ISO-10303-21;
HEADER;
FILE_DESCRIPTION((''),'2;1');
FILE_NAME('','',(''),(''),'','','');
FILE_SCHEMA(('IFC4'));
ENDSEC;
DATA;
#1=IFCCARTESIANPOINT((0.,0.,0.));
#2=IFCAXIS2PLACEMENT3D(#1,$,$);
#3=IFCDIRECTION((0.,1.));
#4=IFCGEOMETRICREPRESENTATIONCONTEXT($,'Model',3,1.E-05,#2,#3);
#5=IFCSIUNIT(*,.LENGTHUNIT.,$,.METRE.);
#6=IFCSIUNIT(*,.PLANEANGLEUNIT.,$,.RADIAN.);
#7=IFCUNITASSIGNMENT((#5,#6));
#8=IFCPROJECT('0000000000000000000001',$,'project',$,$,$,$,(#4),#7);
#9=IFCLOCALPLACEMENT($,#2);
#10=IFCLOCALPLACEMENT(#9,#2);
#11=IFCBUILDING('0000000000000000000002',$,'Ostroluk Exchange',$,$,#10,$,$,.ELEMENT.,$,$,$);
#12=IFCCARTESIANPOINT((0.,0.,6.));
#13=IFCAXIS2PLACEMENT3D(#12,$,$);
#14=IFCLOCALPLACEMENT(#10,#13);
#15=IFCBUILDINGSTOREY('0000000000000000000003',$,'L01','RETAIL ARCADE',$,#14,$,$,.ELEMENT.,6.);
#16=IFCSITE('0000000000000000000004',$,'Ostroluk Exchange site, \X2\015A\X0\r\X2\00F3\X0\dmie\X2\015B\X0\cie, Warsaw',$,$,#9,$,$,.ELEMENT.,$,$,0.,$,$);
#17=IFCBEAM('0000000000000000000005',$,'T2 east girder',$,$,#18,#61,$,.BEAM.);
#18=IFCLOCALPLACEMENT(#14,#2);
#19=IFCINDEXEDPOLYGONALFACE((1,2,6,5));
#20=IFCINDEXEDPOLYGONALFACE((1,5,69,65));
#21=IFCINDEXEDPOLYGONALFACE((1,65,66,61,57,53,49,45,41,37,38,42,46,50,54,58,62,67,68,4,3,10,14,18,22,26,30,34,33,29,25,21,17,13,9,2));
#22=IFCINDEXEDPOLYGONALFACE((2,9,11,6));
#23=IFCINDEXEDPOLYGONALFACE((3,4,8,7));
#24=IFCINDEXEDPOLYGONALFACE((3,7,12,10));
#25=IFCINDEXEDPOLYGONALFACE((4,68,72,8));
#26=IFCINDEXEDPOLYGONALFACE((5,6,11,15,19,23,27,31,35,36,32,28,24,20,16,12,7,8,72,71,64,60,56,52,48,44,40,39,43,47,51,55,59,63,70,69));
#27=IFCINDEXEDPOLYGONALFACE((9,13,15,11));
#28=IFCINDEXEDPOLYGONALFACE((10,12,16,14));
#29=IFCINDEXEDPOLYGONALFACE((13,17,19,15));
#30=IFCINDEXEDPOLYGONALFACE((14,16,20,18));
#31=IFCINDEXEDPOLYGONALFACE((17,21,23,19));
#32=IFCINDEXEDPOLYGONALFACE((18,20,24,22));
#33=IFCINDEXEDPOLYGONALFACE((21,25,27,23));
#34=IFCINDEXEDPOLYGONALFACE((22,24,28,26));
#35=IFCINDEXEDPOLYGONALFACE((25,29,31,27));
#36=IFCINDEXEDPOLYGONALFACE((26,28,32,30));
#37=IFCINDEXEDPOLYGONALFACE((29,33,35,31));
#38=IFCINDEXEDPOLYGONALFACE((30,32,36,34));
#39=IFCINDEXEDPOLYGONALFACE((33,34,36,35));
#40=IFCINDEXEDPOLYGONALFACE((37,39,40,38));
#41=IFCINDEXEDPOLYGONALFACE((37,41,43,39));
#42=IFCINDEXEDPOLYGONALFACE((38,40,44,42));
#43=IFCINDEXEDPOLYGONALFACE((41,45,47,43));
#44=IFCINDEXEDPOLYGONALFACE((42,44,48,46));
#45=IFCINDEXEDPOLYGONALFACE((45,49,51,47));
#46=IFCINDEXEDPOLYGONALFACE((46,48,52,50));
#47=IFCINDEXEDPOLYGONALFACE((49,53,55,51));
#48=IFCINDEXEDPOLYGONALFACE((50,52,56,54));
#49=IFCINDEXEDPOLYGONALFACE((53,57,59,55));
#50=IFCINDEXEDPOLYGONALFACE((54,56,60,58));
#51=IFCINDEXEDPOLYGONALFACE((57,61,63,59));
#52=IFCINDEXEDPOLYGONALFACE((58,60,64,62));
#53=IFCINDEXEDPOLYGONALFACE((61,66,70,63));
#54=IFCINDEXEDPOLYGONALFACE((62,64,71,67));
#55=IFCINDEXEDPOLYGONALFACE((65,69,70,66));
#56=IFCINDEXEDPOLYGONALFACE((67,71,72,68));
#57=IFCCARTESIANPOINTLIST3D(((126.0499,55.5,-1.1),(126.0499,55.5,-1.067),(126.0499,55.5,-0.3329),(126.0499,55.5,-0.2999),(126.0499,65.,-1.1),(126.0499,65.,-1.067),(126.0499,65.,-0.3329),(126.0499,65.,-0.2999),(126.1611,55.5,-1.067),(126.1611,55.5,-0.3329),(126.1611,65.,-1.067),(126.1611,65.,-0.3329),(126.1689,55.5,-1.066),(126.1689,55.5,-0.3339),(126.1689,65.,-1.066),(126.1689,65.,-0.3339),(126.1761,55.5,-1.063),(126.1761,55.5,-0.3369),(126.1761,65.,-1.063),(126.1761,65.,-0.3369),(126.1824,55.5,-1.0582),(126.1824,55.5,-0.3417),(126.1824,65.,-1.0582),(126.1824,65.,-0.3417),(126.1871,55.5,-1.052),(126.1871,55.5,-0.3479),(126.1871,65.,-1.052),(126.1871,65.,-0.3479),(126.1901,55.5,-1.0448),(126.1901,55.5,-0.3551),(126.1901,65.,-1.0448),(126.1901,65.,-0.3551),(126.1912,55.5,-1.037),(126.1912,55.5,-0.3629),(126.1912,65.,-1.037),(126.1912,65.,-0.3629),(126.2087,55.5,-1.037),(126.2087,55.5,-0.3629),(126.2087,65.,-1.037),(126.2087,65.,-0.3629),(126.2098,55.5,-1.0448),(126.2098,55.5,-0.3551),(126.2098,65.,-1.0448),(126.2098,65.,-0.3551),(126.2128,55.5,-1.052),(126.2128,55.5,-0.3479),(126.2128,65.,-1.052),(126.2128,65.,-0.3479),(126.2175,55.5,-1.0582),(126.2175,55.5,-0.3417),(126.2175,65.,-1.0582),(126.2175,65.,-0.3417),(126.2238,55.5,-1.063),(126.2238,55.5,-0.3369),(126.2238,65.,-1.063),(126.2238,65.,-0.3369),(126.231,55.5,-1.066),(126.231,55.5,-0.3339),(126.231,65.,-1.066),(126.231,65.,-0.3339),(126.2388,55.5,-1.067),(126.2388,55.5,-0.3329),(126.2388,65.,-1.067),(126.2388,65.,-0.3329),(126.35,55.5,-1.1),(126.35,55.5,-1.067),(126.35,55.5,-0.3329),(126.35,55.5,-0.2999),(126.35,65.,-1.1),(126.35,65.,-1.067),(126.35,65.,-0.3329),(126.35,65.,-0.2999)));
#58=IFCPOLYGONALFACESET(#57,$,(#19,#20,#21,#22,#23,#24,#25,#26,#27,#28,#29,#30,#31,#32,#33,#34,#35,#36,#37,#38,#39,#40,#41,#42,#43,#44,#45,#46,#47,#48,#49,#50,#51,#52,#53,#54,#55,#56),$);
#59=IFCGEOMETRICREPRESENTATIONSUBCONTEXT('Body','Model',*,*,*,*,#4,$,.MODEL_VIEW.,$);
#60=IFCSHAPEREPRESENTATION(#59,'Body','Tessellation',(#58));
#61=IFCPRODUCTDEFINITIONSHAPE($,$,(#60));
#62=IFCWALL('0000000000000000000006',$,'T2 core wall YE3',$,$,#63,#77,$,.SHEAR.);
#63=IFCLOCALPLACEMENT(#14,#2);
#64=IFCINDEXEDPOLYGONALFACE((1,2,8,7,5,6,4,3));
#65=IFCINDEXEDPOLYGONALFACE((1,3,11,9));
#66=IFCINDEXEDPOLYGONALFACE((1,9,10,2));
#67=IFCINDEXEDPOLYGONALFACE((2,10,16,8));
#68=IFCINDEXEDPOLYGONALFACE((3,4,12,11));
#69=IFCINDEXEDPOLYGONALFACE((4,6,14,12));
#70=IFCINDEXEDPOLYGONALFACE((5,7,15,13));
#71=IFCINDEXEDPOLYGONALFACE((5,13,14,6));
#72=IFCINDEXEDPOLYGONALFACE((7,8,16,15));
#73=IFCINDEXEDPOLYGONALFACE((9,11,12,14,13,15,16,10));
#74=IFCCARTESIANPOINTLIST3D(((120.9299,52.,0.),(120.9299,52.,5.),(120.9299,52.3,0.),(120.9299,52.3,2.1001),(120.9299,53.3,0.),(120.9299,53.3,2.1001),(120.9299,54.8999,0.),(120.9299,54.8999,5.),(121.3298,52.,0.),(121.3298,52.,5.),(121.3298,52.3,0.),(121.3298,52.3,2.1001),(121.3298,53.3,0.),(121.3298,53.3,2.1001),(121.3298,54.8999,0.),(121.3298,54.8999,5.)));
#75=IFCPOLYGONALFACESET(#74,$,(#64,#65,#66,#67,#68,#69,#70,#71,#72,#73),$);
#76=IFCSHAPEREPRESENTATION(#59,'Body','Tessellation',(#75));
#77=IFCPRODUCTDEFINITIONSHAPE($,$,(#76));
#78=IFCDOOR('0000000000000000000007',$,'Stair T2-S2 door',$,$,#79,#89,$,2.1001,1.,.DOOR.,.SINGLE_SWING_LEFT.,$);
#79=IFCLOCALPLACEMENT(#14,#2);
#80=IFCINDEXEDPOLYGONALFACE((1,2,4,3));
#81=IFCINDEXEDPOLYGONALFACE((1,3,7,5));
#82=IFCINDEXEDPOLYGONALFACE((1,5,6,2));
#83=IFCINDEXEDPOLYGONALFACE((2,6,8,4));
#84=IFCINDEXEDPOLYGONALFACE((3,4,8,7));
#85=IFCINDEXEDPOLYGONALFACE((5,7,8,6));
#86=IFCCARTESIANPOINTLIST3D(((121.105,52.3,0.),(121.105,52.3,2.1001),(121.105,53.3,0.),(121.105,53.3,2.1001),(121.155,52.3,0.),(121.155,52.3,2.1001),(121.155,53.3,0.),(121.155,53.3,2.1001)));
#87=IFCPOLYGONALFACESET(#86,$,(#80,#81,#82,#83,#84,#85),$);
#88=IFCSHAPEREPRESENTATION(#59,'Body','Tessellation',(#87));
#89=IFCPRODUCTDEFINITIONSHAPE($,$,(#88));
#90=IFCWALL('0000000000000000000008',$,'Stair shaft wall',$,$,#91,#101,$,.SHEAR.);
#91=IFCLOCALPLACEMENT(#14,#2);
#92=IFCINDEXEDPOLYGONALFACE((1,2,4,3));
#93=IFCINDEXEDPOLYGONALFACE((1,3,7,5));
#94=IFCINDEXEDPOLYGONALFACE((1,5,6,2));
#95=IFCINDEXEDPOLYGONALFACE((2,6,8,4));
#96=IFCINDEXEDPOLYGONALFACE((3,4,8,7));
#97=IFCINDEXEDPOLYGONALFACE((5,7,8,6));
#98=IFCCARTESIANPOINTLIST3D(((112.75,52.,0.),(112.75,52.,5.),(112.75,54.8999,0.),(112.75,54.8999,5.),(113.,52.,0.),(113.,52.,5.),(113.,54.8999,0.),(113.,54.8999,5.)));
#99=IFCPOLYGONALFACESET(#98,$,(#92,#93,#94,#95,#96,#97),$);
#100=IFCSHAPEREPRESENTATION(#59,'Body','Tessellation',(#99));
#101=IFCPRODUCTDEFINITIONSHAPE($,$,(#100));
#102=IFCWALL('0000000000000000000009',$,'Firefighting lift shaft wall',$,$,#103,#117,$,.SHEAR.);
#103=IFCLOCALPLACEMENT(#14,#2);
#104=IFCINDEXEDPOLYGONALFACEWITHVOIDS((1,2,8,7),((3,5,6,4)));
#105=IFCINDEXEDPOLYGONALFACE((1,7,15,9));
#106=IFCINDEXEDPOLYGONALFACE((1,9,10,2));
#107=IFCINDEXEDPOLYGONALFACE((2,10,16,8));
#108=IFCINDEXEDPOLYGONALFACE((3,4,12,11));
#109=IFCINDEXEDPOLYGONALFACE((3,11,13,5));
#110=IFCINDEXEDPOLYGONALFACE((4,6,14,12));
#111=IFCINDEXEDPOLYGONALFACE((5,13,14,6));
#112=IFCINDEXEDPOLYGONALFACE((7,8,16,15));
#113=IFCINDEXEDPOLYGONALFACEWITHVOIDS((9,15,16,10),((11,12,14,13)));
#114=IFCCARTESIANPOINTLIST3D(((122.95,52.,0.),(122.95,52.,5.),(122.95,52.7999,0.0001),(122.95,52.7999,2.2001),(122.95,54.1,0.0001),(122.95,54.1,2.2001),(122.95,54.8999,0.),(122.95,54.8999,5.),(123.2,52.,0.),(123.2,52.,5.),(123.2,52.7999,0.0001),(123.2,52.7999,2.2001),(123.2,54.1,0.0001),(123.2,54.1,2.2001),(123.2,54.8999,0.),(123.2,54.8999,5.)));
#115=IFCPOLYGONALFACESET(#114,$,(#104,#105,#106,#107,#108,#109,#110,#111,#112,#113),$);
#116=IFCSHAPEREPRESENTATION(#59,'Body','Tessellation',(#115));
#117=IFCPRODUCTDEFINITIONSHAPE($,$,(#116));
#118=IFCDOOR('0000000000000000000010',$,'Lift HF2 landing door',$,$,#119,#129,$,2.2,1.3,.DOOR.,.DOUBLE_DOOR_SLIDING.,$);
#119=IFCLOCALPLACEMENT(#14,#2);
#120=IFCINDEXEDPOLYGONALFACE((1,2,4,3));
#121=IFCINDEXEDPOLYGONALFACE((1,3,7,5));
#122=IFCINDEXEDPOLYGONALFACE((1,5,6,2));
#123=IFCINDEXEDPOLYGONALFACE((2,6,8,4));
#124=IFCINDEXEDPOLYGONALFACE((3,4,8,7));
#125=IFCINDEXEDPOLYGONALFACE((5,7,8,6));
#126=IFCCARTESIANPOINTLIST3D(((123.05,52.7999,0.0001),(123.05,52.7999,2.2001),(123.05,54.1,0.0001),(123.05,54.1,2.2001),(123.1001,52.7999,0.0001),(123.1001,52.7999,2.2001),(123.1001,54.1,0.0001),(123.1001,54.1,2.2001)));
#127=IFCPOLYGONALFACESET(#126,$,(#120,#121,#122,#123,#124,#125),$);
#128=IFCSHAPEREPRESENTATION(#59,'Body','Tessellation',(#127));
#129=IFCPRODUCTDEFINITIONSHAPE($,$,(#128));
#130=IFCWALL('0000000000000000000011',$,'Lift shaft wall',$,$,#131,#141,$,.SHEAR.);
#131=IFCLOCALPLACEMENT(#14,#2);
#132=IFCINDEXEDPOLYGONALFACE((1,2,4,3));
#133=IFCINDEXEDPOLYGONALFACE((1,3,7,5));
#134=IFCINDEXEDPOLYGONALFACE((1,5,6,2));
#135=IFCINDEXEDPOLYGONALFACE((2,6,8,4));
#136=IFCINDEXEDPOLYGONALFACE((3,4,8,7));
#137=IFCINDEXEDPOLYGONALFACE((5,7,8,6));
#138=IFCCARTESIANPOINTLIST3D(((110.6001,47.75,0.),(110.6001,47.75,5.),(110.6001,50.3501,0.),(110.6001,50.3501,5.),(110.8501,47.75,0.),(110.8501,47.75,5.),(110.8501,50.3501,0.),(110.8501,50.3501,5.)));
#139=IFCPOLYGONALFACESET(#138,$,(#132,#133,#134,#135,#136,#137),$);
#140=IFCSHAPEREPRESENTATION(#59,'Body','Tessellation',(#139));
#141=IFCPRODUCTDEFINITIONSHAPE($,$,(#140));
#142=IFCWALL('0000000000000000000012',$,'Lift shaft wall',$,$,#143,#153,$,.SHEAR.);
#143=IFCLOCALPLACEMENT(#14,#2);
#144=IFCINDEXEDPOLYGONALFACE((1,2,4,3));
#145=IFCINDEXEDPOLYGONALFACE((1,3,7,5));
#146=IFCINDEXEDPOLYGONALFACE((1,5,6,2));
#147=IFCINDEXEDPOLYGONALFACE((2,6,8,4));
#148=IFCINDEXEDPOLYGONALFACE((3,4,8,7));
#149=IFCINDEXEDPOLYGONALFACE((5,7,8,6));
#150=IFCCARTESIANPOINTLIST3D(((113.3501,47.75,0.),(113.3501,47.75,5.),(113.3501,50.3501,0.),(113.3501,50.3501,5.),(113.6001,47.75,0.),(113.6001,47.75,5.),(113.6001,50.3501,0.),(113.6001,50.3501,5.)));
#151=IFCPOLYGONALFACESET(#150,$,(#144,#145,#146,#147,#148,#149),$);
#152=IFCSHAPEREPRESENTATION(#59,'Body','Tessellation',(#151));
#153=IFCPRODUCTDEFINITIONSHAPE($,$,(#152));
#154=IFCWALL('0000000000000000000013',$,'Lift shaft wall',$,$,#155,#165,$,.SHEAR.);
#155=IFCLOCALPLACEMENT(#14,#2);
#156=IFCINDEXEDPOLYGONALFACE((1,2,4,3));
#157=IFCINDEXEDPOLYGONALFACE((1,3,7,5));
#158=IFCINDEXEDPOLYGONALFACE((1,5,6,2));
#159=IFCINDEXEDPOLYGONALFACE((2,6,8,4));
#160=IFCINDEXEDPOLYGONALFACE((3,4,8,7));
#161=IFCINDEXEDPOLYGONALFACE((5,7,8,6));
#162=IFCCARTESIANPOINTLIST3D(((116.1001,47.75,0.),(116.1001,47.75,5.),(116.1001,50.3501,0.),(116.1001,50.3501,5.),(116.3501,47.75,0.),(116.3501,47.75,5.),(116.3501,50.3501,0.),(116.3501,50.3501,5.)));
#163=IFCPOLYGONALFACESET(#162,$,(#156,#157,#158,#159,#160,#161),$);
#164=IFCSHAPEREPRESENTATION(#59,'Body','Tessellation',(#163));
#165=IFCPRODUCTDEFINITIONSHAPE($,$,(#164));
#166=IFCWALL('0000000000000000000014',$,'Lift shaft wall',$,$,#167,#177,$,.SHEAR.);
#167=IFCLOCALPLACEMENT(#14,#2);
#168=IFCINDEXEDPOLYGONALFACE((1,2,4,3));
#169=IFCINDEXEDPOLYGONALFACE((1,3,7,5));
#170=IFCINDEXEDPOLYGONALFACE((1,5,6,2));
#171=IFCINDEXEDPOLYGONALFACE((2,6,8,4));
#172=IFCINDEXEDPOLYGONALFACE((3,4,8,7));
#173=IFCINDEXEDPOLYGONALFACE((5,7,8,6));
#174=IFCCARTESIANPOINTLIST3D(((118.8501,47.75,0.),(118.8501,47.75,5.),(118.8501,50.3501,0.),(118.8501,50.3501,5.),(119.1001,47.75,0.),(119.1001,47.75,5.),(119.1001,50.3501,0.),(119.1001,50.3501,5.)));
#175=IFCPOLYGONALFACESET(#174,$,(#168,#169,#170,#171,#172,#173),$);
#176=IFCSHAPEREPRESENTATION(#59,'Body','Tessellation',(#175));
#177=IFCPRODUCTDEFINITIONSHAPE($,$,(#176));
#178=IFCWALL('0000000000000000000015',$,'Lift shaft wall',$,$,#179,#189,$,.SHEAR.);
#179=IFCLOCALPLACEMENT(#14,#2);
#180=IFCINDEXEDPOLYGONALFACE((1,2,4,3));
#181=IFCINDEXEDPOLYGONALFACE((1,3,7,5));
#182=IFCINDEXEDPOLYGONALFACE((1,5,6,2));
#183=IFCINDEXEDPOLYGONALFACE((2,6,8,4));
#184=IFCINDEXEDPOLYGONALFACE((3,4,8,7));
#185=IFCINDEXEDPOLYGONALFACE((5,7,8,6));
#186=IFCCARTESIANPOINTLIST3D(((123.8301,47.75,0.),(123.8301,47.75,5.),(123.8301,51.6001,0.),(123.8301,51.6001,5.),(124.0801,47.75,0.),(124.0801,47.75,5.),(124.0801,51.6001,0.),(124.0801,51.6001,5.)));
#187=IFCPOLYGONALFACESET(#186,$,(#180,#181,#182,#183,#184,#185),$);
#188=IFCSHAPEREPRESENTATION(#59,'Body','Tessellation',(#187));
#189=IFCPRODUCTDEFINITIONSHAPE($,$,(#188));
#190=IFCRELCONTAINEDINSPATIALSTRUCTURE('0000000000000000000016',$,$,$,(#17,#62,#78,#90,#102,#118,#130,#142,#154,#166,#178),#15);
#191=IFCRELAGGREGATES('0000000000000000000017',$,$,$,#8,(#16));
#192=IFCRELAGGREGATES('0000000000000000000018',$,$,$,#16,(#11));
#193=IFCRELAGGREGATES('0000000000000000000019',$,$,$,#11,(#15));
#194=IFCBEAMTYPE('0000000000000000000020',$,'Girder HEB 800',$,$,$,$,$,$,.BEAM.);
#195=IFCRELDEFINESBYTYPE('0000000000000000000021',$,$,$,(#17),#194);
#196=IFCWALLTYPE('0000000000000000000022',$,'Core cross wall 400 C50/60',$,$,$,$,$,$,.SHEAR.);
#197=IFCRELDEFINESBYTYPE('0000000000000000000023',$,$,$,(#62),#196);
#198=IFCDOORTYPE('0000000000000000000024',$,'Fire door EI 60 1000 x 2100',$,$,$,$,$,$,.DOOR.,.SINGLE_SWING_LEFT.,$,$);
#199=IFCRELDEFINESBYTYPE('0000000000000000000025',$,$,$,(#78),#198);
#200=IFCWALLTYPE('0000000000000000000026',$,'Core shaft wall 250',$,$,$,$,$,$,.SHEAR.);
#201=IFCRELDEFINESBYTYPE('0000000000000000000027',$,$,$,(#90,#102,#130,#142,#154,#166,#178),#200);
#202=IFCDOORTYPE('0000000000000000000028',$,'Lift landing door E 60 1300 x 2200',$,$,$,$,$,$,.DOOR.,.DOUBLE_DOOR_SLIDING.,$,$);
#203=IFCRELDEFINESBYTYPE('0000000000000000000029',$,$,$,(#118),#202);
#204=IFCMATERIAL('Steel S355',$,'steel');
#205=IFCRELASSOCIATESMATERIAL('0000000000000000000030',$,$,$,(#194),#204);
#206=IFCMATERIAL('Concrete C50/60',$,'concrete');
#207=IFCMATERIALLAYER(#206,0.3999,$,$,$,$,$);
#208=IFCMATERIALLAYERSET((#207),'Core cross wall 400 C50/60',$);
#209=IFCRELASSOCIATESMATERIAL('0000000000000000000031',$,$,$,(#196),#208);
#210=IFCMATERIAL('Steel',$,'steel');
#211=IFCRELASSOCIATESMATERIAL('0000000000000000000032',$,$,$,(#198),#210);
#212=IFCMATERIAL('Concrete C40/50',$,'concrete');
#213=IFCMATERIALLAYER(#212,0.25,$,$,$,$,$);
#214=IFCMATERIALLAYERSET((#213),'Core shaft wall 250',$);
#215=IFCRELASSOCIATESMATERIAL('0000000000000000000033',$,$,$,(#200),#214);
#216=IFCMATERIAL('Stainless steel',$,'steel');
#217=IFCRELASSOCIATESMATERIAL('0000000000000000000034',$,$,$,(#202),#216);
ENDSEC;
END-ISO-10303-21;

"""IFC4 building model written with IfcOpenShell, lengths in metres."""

from ifc_helpers import new_model, si_unit, direction, frame, frame_2d, origin, origin_2d, place, context, subcontext, project, spatial, rectangle, i_section, extrude, material, layer, layer_set, material_profile, profile_set, type_object, element, fill, save


model = new_model("IFC4")

# Units and contexts
model_context = context("Model", 3, precision=1e-05, world=origin(), true_north=direction((0.0, 1.0)))
body_context = subcontext(model_context, "Body", "Model", "MODEL_VIEW")
ifc_project = project(units=[si_unit("LENGTHUNIT", "METRE"), si_unit("PLANEANGLEUNIT", "RADIAN")], contexts=[model_context])

# Site, building, storey
site_placement = place(None, origin())
site = spatial("IfcSite", under=ifc_project, at=site_placement, Name="Ostroluk Exchange site, Śródmieście, Warsaw", CompositionType="ELEMENT", RefElevation=0.0)
building_placement = place(site_placement, origin())
building = spatial("IfcBuilding", under=site, at=building_placement, Name="Ostroluk Exchange", CompositionType="ELEMENT")
storey_placement = place(building_placement, frame((0.0, 0.0, 6.0)))
storey = spatial("IfcBuildingStorey", under=building, at=storey_placement, Name="L01", Description="RETAIL ARCADE", CompositionType="ELEMENT", Elevation=6.0)

# Beam
ifc_material_1 = material(Name="Steel S355", Category="steel")
ifc_material_profile_1 = material_profile(ifc_material_1, i_section(OverallWidth=0.3, OverallDepth=0.8, WebThickness=0.0176, FlangeThickness=0.033, FilletRadius=0.03, at=origin_2d()), Name="HEB 800")
ifc_profile_set_1 = profile_set([ifc_material_profile_1], Name="Steel S355")
beam_type_1 = type_object("IfcBeamType", Name="Girder HEB 800", PredefinedType="BEAM", material=ifc_profile_set_1)
beam_placement = place(storey_placement, frame((126.2, 55.5, -0.7), z_axis=(0.0, 1.0, 0.0), x_axis=(-1.0, 0.0, 0.0)))
element("IfcBeam", 1, at=beam_placement, inside=storey, type_object=beam_type_1, Name="T2 east girder", PredefinedType="BEAM", context=body_context, shape_type="SweptSolid", body=[
    extrude(i_section(OverallWidth=0.3, OverallDepth=0.8, WebThickness=0.0176, FlangeThickness=0.033, FilletRadius=0.03, at=origin_2d()), origin(), (0.0, 0.0, 1.0), 9.5),
])

# Wall, opening, door
ifc_material_2 = material(Name="Concrete C50/60", Category="concrete")
ifc_layer_1 = layer(ifc_material_2, 0.3999)
ifc_layer_set_1 = layer_set([ifc_layer_1], Name="Core cross wall 400 C50/60")
wall_type_1 = type_object("IfcWallType", Name="Core cross wall 400 C50/60", PredefinedType="SHEAR", material=ifc_layer_set_1)
wall_1_placement = place(storey_placement, frame((121.1299, 52.0, 0.0), z_axis=(0.0, 0.0, 1.0), x_axis=(0.0, 1.0, 0.0)))
wall_1 = element("IfcWall", 2, at=wall_1_placement, inside=storey, type_object=wall_type_1, Name="T2 core wall YE3", PredefinedType="SHEAR", context=body_context, shape_type="SweptSolid", body=[
    extrude(rectangle(XDim=2.8999, YDim=0.3999, at=frame_2d((1.45, 0.0))), origin(), (0.0, 0.0, 1.0), 5.0),
])
opening_1_placement = place(wall_1_placement, frame((0.3, 0.0, 0.0)))
opening_1 = element("IfcOpeningElement", 3, at=opening_1_placement, cuts=wall_1, PredefinedType="OPENING", context=body_context, shape_type="SweptSolid", body=[
    extrude(rectangle(XDim=1.0, YDim=2.1001, at=frame_2d((0.5, 1.05))), frame((0.0, 0.21, 0.0), z_axis=(0.0, -1.0, 0.0), x_axis=(1.0, 0.0, 0.0)), (0.0, 0.0, 1.0), 0.4199),
])
ifc_material_3 = material(Name="Steel", Category="steel")
door_type_1 = type_object("IfcDoorType", Name="Fire door EI 60 1000 x 2100", OperationType="SINGLE_SWING_LEFT", PredefinedType="DOOR", material=ifc_material_3)
door_1_placement = place(opening_1_placement, origin())
door_1 = element("IfcDoor", 4, at=door_1_placement, inside=storey, type_object=door_type_1, Name="Stair T2-S2 door", OperationType="SINGLE_SWING_LEFT", OverallHeight=2.1001, OverallWidth=1.0, PredefinedType="DOOR", context=body_context, shape_type="SweptSolid", body=[
    extrude(rectangle(XDim=1.0, YDim=2.1001, at=frame_2d((0.5, 1.05))), frame((0.0, 0.0249, 0.0), z_axis=(0.0, -1.0, 0.0), x_axis=(1.0, 0.0, 0.0)), (0.0, 0.0, 1.0), 0.05),
])
fill(opening_1, door_1)

# Wall
ifc_material_4 = material(Name="Concrete C40/50", Category="concrete")
ifc_layer_2 = layer(ifc_material_4, 0.25)
ifc_layer_set_2 = layer_set([ifc_layer_2], Name="Core shaft wall 250")
wall_type_2 = type_object("IfcWallType", Name="Core shaft wall 250", PredefinedType="SHEAR", material=ifc_layer_set_2)
wall_2_placement = place(storey_placement, frame((112.875, 52.0, 0.0), z_axis=(0.0, 0.0, 1.0), x_axis=(0.0, 1.0, 0.0)))
element("IfcWall", 5, at=wall_2_placement, inside=storey, type_object=wall_type_2, Name="Stair shaft wall", PredefinedType="SHEAR", context=body_context, shape_type="SweptSolid", body=[
    extrude(rectangle(XDim=2.8999, YDim=0.25, at=frame_2d((1.45, 0.0))), origin(), (0.0, 0.0, 1.0), 5.0),
])

# Wall, opening, door
wall_3_placement = place(storey_placement, frame((123.075, 52.0, 0.0), z_axis=(0.0, 0.0, 1.0), x_axis=(0.0, 1.0, 0.0)))
wall_3 = element("IfcWall", 6, at=wall_3_placement, inside=storey, type_object=wall_type_2, Name="Firefighting lift shaft wall", PredefinedType="SHEAR", context=body_context, shape_type="SweptSolid", body=[
    extrude(rectangle(XDim=2.8999, YDim=0.25, at=frame_2d((1.45, 0.0))), origin(), (0.0, 0.0, 1.0), 5.0),
])
opening_2_placement = place(wall_3_placement, frame((0.8, 0.0, 0.0)))
opening_2 = element("IfcOpeningElement", 7, at=opening_2_placement, cuts=wall_3, PredefinedType="OPENING", context=body_context, shape_type="SweptSolid", body=[
    extrude(rectangle(XDim=1.3, YDim=2.2, at=frame_2d((0.6499, 1.1001))), frame((0.0, 0.135, 0.0), z_axis=(0.0, -1.0, 0.0), x_axis=(1.0, 0.0, 0.0)), (0.0, 0.0, 1.0), 0.27),
])
ifc_material_5 = material(Name="Stainless steel", Category="steel")
door_type_2 = type_object("IfcDoorType", Name="Lift landing door E 60 1300 x 2200", OperationType="DOUBLE_DOOR_SLIDING", PredefinedType="DOOR", material=ifc_material_5)
door_2_placement = place(opening_2_placement, origin())
door_2 = element("IfcDoor", 8, at=door_2_placement, inside=storey, type_object=door_type_2, Name="Lift HF2 landing door", OperationType="DOUBLE_DOOR_SLIDING", OverallHeight=2.2, OverallWidth=1.3, PredefinedType="DOOR", context=body_context, shape_type="SweptSolid", body=[
    extrude(rectangle(XDim=1.3, YDim=2.2, at=frame_2d((0.6499, 1.1001))), frame((0.0, 0.0249, 0.0), z_axis=(0.0, -1.0, 0.0), x_axis=(1.0, 0.0, 0.0)), (0.0, 0.0, 1.0), 0.05),
])
fill(opening_2, door_2)

# Walls
for number, where, z_axis, x_axis, name in (
    (9, (110.7251, 47.75, 0.0), (0.0, 0.0, 1.0), (0.0, 1.0, 0.0), "Lift shaft wall"),
    (10, (113.4751, 47.75, 0.0), (0.0, 0.0, 1.0), (0.0, 1.0, 0.0), "Lift shaft wall"),
    (11, (116.2251, 47.75, 0.0), (0.0, 0.0, 1.0), (0.0, 1.0, 0.0), "Lift shaft wall"),
    (12, (118.9751, 47.75, 0.0), (0.0, 0.0, 1.0), (0.0, 1.0, 0.0), "Lift shaft wall"),
):
    element("IfcWall", number, at=place(storey_placement, frame(where, z_axis=z_axis, x_axis=x_axis)), inside=storey, type_object=wall_type_2, Name=name, PredefinedType="SHEAR", context=body_context, shape_type="SweptSolid", body=[
        extrude(rectangle(XDim=2.6001, YDim=0.25, at=frame_2d((1.3, 0.0))), origin(), (0.0, 0.0, 1.0), 5.0),
    ])
wall_4_placement = place(storey_placement, frame((123.9551, 47.75, 0.0), z_axis=(0.0, 0.0, 1.0), x_axis=(0.0, 1.0, 0.0)))
element("IfcWall", 13, at=wall_4_placement, inside=storey, type_object=wall_type_2, Name="Lift shaft wall", PredefinedType="SHEAR", context=body_context, shape_type="SweptSolid", body=[
    extrude(rectangle(XDim=3.8501, YDim=0.25, at=frame_2d((1.925, 0.0))), origin(), (0.0, 0.0, 1.0), 5.0),
])

save(model, "model.ifc")
